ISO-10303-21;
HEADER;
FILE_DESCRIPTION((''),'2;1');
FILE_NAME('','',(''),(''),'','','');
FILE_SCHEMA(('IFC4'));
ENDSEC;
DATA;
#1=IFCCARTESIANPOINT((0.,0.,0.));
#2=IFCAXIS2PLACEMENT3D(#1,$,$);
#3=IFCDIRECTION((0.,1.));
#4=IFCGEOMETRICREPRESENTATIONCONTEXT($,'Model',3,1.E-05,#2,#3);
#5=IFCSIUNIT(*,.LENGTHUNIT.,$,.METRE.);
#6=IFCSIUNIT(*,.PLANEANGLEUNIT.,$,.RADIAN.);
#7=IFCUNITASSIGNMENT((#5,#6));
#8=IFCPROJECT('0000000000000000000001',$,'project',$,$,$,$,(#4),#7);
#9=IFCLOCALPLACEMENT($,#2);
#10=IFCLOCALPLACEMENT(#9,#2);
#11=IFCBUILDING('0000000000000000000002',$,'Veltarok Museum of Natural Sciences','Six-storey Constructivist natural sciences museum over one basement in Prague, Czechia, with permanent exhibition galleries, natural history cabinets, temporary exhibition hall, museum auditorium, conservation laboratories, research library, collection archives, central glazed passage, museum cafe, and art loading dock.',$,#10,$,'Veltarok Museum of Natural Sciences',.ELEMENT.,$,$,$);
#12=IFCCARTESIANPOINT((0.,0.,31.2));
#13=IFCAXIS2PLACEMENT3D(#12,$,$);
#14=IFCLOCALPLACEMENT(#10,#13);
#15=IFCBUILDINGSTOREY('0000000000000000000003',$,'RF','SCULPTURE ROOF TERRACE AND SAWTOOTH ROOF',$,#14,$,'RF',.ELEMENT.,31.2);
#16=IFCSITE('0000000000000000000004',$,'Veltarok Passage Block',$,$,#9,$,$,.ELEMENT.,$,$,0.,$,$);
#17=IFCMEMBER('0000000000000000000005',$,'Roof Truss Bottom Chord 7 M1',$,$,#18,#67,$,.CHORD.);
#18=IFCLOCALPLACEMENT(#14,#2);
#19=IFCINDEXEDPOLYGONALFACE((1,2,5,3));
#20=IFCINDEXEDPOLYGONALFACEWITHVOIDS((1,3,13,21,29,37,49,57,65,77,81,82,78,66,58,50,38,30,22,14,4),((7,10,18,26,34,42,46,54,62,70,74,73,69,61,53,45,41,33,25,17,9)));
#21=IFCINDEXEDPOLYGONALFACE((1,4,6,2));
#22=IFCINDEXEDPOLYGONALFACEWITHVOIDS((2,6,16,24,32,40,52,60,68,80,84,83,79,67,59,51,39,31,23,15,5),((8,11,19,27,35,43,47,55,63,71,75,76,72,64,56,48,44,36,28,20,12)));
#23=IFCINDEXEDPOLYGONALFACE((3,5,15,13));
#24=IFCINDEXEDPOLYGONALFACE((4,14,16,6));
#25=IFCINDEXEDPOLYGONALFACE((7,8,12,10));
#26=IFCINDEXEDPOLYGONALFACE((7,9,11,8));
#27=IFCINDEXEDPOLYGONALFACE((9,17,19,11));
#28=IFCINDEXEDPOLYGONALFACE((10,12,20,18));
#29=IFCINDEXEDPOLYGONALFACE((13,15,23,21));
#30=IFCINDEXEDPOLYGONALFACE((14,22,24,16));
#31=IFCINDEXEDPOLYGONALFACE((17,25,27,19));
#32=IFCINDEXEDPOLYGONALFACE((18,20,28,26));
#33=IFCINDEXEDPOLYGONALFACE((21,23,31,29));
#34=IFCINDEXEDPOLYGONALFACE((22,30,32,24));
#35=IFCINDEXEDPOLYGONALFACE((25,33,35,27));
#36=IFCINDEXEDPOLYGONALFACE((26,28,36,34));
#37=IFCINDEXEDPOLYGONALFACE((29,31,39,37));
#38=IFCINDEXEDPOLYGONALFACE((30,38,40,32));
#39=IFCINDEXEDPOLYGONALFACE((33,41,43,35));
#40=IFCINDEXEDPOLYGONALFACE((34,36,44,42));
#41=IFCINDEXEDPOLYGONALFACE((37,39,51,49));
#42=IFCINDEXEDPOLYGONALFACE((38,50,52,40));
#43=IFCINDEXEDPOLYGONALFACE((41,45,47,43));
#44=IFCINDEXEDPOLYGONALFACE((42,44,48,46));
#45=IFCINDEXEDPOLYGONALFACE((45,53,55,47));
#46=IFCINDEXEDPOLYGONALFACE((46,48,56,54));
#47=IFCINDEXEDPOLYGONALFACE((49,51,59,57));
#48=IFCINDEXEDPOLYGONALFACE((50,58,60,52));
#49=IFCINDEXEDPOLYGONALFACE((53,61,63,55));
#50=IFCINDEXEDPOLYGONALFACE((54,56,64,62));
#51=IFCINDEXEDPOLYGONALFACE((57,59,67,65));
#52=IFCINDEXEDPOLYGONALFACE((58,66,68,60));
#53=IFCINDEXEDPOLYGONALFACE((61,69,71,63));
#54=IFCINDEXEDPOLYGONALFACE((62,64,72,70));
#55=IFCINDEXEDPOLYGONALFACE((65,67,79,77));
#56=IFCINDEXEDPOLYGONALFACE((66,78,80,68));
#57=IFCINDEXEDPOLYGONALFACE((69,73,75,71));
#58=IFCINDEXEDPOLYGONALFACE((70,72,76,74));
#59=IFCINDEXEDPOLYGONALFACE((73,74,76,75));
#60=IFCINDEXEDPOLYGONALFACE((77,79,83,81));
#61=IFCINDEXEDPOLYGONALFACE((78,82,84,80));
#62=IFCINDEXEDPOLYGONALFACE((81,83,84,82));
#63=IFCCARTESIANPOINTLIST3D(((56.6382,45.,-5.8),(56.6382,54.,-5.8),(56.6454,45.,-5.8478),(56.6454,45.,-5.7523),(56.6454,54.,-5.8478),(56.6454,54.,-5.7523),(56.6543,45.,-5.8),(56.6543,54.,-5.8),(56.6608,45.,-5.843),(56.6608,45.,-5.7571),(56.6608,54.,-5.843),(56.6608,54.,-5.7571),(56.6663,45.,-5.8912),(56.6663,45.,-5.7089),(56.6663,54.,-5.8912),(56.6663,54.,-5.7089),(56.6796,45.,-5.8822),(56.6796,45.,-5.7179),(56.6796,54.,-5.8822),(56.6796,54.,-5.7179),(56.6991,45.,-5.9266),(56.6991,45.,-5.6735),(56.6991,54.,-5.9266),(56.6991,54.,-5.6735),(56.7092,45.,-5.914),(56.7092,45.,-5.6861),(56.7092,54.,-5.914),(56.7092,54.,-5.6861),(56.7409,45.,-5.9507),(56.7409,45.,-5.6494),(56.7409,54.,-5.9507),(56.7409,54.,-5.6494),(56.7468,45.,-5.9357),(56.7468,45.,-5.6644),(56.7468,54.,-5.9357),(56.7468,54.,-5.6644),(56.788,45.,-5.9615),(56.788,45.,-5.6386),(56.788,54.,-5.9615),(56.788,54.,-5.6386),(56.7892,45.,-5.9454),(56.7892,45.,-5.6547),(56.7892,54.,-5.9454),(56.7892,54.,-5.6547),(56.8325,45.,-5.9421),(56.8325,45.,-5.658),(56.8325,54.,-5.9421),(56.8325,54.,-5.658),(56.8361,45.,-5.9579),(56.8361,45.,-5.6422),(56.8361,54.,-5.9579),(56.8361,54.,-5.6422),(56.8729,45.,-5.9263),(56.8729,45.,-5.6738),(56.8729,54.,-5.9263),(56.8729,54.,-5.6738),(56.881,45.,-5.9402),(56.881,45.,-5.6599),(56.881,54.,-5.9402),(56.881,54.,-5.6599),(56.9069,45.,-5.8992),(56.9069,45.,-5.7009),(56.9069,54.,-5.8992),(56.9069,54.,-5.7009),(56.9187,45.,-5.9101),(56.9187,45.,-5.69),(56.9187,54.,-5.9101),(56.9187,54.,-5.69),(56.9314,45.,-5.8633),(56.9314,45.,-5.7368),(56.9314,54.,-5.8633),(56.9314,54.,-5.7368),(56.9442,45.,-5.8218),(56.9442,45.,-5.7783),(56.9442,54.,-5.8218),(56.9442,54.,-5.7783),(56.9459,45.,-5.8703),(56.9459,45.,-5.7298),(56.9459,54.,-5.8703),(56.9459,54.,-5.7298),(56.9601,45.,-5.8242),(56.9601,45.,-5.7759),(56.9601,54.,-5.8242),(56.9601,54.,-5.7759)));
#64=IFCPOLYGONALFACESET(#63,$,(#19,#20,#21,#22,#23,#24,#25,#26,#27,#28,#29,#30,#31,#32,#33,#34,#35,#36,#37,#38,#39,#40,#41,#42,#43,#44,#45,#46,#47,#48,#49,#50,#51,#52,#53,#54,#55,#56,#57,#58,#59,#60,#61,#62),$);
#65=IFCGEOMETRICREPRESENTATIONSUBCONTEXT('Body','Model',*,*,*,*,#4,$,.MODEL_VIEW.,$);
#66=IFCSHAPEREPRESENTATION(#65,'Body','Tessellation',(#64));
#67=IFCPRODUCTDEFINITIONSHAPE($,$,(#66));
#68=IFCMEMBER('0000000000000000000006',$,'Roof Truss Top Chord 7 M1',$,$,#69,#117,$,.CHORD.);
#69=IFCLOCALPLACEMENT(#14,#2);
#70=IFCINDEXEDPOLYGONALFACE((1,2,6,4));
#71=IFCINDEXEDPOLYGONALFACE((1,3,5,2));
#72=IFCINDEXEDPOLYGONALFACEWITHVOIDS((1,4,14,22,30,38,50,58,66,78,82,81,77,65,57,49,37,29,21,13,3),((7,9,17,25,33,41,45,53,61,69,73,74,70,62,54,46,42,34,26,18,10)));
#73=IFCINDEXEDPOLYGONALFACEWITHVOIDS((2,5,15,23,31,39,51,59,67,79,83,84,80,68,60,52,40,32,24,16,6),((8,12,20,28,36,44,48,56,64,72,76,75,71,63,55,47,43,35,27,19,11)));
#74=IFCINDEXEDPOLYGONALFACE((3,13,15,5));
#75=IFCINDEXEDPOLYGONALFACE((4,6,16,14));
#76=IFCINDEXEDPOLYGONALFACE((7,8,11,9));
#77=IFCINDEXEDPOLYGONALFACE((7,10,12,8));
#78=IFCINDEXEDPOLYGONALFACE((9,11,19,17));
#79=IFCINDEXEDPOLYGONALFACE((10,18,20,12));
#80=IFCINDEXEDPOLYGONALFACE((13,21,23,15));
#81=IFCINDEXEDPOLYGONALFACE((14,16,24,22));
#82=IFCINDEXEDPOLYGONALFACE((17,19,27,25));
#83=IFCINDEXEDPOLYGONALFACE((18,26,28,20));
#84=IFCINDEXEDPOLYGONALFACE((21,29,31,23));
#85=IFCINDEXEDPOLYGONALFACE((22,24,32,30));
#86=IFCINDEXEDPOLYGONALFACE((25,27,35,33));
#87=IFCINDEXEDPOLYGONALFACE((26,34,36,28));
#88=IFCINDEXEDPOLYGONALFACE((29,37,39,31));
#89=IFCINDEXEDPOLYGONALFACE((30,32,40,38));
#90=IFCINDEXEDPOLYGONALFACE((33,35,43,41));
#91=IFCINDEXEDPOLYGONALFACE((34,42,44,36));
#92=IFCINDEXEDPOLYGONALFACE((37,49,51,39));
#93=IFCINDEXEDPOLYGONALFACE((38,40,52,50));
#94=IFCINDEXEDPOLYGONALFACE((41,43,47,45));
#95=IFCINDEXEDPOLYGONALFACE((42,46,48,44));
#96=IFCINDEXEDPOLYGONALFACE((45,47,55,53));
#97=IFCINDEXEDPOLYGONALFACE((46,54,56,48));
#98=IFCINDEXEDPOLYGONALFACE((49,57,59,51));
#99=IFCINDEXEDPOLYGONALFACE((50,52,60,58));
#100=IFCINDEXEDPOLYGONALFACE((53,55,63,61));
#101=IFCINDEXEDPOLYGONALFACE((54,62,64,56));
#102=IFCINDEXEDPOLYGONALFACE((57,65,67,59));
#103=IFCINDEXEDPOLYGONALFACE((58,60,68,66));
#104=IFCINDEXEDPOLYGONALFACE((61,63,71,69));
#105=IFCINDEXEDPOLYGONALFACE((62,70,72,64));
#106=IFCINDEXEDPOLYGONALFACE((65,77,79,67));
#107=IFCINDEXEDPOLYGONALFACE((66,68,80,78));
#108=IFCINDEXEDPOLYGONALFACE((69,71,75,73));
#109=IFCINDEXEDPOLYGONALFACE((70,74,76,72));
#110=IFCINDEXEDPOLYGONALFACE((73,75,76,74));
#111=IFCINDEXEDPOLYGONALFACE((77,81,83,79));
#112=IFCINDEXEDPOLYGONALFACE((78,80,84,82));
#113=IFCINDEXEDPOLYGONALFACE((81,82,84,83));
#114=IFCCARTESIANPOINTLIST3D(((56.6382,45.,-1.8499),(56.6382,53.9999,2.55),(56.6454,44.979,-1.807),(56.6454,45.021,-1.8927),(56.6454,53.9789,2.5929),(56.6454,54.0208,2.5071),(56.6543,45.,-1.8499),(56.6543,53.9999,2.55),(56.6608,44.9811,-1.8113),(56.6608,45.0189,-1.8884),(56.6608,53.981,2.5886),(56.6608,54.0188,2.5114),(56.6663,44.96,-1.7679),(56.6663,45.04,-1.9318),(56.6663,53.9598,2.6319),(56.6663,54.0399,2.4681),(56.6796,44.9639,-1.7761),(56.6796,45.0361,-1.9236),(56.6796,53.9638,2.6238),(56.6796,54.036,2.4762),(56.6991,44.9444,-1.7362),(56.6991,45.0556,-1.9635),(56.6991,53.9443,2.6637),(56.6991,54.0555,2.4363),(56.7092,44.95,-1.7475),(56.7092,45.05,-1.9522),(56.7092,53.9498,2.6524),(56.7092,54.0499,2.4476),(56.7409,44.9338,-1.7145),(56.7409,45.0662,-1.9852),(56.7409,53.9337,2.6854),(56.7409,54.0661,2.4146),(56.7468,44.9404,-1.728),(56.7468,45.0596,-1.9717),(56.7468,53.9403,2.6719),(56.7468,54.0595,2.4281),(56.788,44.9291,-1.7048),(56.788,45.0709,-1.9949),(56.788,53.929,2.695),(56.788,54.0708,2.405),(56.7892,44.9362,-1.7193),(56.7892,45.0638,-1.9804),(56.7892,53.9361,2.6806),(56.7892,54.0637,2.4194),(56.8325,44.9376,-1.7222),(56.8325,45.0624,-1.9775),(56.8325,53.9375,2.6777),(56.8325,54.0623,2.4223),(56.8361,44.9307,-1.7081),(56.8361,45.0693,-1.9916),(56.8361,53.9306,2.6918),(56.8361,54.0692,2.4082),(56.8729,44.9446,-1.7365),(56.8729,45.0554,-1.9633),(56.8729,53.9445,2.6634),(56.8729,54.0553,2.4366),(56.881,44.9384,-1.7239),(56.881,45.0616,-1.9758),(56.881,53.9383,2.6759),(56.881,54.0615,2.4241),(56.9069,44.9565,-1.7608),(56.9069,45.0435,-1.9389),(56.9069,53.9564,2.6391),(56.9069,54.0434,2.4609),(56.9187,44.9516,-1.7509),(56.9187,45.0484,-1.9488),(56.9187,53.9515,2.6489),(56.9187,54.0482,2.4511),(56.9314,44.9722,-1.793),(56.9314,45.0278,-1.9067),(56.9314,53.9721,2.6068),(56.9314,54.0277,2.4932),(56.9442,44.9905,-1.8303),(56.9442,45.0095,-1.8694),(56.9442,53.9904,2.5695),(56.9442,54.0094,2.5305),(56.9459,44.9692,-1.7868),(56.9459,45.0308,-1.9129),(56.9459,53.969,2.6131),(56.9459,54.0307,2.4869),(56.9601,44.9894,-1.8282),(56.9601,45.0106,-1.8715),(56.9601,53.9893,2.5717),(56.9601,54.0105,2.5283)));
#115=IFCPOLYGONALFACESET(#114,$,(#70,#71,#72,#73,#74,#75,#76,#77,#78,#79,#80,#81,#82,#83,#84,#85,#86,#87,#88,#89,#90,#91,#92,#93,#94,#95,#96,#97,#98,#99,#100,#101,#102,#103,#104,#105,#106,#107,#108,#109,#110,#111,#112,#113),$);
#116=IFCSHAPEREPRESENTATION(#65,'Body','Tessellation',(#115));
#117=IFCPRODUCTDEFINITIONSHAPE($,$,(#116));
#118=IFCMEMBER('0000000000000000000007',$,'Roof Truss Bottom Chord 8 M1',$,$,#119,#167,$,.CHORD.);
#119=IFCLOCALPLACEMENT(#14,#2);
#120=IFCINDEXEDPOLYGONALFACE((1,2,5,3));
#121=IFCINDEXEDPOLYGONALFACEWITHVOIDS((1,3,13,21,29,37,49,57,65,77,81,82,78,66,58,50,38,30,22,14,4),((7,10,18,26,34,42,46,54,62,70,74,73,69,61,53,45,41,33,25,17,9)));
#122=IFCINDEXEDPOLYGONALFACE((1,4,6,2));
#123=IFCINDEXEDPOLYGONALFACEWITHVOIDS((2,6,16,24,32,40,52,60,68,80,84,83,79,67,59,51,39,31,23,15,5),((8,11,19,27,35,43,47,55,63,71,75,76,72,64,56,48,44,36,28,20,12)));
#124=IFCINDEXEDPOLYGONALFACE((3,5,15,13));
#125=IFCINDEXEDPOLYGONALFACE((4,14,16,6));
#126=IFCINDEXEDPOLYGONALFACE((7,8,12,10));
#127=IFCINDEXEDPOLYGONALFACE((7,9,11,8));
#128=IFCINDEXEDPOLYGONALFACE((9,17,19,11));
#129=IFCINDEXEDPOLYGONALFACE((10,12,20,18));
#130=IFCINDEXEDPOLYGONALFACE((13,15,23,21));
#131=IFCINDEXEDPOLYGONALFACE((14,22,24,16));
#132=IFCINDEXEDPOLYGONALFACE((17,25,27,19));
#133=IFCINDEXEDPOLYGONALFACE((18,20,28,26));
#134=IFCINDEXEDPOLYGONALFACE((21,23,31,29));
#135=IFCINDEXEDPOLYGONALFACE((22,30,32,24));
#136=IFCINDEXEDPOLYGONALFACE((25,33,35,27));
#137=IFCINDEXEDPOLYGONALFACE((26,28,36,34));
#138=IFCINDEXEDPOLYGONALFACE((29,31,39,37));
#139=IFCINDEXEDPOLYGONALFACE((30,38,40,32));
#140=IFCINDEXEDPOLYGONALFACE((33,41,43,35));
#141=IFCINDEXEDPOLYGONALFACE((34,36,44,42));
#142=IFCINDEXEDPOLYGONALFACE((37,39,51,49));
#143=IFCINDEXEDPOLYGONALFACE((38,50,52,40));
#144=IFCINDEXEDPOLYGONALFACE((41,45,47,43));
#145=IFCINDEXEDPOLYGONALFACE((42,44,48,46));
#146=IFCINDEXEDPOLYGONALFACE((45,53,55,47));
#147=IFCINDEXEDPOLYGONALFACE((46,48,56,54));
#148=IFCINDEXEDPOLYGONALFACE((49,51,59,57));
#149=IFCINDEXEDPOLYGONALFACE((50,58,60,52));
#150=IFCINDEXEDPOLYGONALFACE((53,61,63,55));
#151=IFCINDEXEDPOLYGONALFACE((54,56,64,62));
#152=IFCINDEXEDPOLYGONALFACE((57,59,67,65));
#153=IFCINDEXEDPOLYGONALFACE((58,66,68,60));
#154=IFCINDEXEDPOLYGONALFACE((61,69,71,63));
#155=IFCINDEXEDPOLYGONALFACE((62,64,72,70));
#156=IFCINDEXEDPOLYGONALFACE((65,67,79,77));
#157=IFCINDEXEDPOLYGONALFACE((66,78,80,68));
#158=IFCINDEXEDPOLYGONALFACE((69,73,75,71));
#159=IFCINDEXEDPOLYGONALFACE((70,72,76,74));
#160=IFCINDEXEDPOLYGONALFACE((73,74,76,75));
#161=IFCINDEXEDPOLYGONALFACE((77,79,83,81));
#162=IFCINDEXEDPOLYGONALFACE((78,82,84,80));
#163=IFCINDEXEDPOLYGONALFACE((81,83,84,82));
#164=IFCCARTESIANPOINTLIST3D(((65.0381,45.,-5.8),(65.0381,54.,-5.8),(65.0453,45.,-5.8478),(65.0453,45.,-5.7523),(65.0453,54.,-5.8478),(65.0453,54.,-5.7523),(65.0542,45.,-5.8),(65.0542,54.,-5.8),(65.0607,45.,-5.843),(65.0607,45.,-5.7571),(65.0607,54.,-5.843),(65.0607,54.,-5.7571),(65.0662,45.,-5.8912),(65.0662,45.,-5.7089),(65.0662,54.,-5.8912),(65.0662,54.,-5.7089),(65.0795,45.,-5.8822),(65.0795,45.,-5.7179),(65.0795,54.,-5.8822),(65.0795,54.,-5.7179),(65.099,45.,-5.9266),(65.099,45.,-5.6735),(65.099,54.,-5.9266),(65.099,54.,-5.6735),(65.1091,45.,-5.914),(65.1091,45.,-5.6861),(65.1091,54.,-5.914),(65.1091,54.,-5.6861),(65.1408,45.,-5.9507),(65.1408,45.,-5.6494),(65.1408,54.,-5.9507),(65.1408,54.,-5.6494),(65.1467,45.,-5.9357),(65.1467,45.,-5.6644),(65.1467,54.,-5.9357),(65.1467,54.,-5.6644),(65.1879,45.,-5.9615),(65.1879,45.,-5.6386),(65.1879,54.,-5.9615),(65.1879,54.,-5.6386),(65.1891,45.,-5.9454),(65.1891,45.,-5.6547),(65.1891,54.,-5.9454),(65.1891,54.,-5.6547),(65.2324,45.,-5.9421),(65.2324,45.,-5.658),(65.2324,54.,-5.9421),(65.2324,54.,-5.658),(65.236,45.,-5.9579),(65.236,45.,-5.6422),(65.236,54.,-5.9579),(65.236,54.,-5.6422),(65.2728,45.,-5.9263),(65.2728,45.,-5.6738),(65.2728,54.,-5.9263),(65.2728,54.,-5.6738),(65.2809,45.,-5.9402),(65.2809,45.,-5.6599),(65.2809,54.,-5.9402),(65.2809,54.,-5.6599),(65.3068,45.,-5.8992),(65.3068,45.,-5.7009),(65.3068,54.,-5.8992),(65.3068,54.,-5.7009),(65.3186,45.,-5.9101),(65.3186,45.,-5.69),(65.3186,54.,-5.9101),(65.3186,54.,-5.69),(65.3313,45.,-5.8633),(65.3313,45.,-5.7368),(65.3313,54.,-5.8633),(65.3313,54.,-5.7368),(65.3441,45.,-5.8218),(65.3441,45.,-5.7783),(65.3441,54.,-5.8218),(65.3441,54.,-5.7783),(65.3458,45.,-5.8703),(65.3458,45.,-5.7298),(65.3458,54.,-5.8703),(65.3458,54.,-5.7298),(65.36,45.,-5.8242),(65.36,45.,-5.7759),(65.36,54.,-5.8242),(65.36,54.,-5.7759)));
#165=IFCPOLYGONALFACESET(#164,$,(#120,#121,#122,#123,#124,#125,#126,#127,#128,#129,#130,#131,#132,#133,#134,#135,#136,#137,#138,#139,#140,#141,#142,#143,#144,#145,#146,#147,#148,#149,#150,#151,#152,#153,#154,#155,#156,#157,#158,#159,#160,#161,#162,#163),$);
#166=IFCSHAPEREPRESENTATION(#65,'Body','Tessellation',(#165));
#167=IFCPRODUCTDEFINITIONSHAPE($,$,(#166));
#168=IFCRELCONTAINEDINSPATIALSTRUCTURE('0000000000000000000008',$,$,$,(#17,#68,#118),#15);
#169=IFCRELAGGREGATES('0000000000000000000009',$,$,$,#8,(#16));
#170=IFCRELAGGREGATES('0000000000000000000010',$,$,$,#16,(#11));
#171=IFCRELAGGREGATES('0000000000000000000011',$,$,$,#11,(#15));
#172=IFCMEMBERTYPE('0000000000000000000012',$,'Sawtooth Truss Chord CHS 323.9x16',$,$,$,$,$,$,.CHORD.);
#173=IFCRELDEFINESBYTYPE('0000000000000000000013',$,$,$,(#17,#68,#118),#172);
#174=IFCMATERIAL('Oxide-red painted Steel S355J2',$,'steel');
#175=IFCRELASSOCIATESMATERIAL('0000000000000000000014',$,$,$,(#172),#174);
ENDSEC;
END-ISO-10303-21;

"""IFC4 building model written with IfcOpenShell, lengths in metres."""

from ifc_helpers import new_model, si_unit, direction, frame, origin, origin_2d, place, context, subcontext, project, spatial, hollow_circle, extrude, material, material_profile, profile_set, type_object, element, save


model = new_model("IFC4")

# Units and contexts
model_context = context("Model", 3, precision=1e-05, world=origin(), true_north=direction((0.0, 1.0)))
body_context = subcontext(model_context, "Body", "Model", "MODEL_VIEW")
ifc_project = project(units=[si_unit("LENGTHUNIT", "METRE"), si_unit("PLANEANGLEUNIT", "RADIAN")], contexts=[model_context])

# Site, building, storey
site_placement = place(None, origin())
site = spatial("IfcSite", under=ifc_project, at=site_placement, Name="Veltarok Passage Block", CompositionType="ELEMENT", RefElevation=0.0)
building_placement = place(site_placement, origin())
building = spatial("IfcBuilding", under=site, at=building_placement, Name="Veltarok Museum of Natural Sciences", Description="Six-storey Constructivist natural sciences museum over one basement in Prague, Czechia, with permanent exhibition galleries, natural history cabinets, temporary exhibition hall, museum auditorium, conservation laboratories, research library, collection archives, central glazed passage, museum cafe, and art loading dock.", LongName="Veltarok Museum of Natural Sciences", CompositionType="ELEMENT")
storey_placement = place(building_placement, frame((0.0, 0.0, 31.2)))
storey = spatial("IfcBuildingStorey", under=building, at=storey_placement, Name="RF", Description="SCULPTURE ROOF TERRACE AND SAWTOOTH ROOF", LongName="RF", CompositionType="ELEMENT", Elevation=31.2)

# Members
ifc_material_1 = material(Name="Oxide-red painted Steel S355J2", Category="steel")
ifc_material_profile_1 = material_profile(ifc_material_1, hollow_circle(Radius=0.1619, WallThickness=0.0161, at=origin_2d()), Name="CHS 323.9x16")
ifc_profile_set_1 = profile_set([ifc_material_profile_1], Name="Oxide-red painted Steel S355J2")
member_type_1 = type_object("IfcMemberType", Name="Sawtooth Truss Chord CHS 323.9x16", PredefinedType="CHORD", material=ifc_profile_set_1)
member_1_placement = place(storey_placement, frame((56.8, 45.0, -5.8), z_axis=(0.0, 1.0, 0.0), x_axis=(-1.0, 0.0, 0.0)))
element("IfcMember", 1, at=member_1_placement, inside=storey, type_object=member_type_1, Name="Roof Truss Bottom Chord 7 M1", PredefinedType="CHORD", context=body_context, shape_type="SweptSolid", body=[
    extrude(hollow_circle(Radius=0.1619, WallThickness=0.0161, at=origin_2d()), origin(), (0.0, 0.0, 1.0), 9.0),
])
member_2_placement = place(storey_placement, frame((56.8, 45.0, -1.8499), z_axis=(0.0, 0.898388, 0.439202), x_axis=(-1.0, 0.0, 0.0)))
element("IfcMember", 2, at=member_2_placement, inside=storey, type_object=member_type_1, Name="Roof Truss Top Chord 7 M1", PredefinedType="CHORD", context=body_context, shape_type="SweptSolid", body=[
    extrude(hollow_circle(Radius=0.1619, WallThickness=0.0161, at=origin_2d()), origin(), (0.0, 0.0, 1.0), 10.0178),
])
member_3_placement = place(storey_placement, frame((65.2, 45.0, -5.8), z_axis=(0.0, 1.0, 0.0), x_axis=(-1.0, 0.0, 0.0)))
element("IfcMember", 3, at=member_3_placement, inside=storey, type_object=member_type_1, Name="Roof Truss Bottom Chord 8 M1", PredefinedType="CHORD", context=body_context, shape_type="SweptSolid", body=[
    extrude(hollow_circle(Radius=0.1619, WallThickness=0.0161, at=origin_2d()), origin(), (0.0, 0.0, 1.0), 9.0),
])

save(model, "model.ifc")
